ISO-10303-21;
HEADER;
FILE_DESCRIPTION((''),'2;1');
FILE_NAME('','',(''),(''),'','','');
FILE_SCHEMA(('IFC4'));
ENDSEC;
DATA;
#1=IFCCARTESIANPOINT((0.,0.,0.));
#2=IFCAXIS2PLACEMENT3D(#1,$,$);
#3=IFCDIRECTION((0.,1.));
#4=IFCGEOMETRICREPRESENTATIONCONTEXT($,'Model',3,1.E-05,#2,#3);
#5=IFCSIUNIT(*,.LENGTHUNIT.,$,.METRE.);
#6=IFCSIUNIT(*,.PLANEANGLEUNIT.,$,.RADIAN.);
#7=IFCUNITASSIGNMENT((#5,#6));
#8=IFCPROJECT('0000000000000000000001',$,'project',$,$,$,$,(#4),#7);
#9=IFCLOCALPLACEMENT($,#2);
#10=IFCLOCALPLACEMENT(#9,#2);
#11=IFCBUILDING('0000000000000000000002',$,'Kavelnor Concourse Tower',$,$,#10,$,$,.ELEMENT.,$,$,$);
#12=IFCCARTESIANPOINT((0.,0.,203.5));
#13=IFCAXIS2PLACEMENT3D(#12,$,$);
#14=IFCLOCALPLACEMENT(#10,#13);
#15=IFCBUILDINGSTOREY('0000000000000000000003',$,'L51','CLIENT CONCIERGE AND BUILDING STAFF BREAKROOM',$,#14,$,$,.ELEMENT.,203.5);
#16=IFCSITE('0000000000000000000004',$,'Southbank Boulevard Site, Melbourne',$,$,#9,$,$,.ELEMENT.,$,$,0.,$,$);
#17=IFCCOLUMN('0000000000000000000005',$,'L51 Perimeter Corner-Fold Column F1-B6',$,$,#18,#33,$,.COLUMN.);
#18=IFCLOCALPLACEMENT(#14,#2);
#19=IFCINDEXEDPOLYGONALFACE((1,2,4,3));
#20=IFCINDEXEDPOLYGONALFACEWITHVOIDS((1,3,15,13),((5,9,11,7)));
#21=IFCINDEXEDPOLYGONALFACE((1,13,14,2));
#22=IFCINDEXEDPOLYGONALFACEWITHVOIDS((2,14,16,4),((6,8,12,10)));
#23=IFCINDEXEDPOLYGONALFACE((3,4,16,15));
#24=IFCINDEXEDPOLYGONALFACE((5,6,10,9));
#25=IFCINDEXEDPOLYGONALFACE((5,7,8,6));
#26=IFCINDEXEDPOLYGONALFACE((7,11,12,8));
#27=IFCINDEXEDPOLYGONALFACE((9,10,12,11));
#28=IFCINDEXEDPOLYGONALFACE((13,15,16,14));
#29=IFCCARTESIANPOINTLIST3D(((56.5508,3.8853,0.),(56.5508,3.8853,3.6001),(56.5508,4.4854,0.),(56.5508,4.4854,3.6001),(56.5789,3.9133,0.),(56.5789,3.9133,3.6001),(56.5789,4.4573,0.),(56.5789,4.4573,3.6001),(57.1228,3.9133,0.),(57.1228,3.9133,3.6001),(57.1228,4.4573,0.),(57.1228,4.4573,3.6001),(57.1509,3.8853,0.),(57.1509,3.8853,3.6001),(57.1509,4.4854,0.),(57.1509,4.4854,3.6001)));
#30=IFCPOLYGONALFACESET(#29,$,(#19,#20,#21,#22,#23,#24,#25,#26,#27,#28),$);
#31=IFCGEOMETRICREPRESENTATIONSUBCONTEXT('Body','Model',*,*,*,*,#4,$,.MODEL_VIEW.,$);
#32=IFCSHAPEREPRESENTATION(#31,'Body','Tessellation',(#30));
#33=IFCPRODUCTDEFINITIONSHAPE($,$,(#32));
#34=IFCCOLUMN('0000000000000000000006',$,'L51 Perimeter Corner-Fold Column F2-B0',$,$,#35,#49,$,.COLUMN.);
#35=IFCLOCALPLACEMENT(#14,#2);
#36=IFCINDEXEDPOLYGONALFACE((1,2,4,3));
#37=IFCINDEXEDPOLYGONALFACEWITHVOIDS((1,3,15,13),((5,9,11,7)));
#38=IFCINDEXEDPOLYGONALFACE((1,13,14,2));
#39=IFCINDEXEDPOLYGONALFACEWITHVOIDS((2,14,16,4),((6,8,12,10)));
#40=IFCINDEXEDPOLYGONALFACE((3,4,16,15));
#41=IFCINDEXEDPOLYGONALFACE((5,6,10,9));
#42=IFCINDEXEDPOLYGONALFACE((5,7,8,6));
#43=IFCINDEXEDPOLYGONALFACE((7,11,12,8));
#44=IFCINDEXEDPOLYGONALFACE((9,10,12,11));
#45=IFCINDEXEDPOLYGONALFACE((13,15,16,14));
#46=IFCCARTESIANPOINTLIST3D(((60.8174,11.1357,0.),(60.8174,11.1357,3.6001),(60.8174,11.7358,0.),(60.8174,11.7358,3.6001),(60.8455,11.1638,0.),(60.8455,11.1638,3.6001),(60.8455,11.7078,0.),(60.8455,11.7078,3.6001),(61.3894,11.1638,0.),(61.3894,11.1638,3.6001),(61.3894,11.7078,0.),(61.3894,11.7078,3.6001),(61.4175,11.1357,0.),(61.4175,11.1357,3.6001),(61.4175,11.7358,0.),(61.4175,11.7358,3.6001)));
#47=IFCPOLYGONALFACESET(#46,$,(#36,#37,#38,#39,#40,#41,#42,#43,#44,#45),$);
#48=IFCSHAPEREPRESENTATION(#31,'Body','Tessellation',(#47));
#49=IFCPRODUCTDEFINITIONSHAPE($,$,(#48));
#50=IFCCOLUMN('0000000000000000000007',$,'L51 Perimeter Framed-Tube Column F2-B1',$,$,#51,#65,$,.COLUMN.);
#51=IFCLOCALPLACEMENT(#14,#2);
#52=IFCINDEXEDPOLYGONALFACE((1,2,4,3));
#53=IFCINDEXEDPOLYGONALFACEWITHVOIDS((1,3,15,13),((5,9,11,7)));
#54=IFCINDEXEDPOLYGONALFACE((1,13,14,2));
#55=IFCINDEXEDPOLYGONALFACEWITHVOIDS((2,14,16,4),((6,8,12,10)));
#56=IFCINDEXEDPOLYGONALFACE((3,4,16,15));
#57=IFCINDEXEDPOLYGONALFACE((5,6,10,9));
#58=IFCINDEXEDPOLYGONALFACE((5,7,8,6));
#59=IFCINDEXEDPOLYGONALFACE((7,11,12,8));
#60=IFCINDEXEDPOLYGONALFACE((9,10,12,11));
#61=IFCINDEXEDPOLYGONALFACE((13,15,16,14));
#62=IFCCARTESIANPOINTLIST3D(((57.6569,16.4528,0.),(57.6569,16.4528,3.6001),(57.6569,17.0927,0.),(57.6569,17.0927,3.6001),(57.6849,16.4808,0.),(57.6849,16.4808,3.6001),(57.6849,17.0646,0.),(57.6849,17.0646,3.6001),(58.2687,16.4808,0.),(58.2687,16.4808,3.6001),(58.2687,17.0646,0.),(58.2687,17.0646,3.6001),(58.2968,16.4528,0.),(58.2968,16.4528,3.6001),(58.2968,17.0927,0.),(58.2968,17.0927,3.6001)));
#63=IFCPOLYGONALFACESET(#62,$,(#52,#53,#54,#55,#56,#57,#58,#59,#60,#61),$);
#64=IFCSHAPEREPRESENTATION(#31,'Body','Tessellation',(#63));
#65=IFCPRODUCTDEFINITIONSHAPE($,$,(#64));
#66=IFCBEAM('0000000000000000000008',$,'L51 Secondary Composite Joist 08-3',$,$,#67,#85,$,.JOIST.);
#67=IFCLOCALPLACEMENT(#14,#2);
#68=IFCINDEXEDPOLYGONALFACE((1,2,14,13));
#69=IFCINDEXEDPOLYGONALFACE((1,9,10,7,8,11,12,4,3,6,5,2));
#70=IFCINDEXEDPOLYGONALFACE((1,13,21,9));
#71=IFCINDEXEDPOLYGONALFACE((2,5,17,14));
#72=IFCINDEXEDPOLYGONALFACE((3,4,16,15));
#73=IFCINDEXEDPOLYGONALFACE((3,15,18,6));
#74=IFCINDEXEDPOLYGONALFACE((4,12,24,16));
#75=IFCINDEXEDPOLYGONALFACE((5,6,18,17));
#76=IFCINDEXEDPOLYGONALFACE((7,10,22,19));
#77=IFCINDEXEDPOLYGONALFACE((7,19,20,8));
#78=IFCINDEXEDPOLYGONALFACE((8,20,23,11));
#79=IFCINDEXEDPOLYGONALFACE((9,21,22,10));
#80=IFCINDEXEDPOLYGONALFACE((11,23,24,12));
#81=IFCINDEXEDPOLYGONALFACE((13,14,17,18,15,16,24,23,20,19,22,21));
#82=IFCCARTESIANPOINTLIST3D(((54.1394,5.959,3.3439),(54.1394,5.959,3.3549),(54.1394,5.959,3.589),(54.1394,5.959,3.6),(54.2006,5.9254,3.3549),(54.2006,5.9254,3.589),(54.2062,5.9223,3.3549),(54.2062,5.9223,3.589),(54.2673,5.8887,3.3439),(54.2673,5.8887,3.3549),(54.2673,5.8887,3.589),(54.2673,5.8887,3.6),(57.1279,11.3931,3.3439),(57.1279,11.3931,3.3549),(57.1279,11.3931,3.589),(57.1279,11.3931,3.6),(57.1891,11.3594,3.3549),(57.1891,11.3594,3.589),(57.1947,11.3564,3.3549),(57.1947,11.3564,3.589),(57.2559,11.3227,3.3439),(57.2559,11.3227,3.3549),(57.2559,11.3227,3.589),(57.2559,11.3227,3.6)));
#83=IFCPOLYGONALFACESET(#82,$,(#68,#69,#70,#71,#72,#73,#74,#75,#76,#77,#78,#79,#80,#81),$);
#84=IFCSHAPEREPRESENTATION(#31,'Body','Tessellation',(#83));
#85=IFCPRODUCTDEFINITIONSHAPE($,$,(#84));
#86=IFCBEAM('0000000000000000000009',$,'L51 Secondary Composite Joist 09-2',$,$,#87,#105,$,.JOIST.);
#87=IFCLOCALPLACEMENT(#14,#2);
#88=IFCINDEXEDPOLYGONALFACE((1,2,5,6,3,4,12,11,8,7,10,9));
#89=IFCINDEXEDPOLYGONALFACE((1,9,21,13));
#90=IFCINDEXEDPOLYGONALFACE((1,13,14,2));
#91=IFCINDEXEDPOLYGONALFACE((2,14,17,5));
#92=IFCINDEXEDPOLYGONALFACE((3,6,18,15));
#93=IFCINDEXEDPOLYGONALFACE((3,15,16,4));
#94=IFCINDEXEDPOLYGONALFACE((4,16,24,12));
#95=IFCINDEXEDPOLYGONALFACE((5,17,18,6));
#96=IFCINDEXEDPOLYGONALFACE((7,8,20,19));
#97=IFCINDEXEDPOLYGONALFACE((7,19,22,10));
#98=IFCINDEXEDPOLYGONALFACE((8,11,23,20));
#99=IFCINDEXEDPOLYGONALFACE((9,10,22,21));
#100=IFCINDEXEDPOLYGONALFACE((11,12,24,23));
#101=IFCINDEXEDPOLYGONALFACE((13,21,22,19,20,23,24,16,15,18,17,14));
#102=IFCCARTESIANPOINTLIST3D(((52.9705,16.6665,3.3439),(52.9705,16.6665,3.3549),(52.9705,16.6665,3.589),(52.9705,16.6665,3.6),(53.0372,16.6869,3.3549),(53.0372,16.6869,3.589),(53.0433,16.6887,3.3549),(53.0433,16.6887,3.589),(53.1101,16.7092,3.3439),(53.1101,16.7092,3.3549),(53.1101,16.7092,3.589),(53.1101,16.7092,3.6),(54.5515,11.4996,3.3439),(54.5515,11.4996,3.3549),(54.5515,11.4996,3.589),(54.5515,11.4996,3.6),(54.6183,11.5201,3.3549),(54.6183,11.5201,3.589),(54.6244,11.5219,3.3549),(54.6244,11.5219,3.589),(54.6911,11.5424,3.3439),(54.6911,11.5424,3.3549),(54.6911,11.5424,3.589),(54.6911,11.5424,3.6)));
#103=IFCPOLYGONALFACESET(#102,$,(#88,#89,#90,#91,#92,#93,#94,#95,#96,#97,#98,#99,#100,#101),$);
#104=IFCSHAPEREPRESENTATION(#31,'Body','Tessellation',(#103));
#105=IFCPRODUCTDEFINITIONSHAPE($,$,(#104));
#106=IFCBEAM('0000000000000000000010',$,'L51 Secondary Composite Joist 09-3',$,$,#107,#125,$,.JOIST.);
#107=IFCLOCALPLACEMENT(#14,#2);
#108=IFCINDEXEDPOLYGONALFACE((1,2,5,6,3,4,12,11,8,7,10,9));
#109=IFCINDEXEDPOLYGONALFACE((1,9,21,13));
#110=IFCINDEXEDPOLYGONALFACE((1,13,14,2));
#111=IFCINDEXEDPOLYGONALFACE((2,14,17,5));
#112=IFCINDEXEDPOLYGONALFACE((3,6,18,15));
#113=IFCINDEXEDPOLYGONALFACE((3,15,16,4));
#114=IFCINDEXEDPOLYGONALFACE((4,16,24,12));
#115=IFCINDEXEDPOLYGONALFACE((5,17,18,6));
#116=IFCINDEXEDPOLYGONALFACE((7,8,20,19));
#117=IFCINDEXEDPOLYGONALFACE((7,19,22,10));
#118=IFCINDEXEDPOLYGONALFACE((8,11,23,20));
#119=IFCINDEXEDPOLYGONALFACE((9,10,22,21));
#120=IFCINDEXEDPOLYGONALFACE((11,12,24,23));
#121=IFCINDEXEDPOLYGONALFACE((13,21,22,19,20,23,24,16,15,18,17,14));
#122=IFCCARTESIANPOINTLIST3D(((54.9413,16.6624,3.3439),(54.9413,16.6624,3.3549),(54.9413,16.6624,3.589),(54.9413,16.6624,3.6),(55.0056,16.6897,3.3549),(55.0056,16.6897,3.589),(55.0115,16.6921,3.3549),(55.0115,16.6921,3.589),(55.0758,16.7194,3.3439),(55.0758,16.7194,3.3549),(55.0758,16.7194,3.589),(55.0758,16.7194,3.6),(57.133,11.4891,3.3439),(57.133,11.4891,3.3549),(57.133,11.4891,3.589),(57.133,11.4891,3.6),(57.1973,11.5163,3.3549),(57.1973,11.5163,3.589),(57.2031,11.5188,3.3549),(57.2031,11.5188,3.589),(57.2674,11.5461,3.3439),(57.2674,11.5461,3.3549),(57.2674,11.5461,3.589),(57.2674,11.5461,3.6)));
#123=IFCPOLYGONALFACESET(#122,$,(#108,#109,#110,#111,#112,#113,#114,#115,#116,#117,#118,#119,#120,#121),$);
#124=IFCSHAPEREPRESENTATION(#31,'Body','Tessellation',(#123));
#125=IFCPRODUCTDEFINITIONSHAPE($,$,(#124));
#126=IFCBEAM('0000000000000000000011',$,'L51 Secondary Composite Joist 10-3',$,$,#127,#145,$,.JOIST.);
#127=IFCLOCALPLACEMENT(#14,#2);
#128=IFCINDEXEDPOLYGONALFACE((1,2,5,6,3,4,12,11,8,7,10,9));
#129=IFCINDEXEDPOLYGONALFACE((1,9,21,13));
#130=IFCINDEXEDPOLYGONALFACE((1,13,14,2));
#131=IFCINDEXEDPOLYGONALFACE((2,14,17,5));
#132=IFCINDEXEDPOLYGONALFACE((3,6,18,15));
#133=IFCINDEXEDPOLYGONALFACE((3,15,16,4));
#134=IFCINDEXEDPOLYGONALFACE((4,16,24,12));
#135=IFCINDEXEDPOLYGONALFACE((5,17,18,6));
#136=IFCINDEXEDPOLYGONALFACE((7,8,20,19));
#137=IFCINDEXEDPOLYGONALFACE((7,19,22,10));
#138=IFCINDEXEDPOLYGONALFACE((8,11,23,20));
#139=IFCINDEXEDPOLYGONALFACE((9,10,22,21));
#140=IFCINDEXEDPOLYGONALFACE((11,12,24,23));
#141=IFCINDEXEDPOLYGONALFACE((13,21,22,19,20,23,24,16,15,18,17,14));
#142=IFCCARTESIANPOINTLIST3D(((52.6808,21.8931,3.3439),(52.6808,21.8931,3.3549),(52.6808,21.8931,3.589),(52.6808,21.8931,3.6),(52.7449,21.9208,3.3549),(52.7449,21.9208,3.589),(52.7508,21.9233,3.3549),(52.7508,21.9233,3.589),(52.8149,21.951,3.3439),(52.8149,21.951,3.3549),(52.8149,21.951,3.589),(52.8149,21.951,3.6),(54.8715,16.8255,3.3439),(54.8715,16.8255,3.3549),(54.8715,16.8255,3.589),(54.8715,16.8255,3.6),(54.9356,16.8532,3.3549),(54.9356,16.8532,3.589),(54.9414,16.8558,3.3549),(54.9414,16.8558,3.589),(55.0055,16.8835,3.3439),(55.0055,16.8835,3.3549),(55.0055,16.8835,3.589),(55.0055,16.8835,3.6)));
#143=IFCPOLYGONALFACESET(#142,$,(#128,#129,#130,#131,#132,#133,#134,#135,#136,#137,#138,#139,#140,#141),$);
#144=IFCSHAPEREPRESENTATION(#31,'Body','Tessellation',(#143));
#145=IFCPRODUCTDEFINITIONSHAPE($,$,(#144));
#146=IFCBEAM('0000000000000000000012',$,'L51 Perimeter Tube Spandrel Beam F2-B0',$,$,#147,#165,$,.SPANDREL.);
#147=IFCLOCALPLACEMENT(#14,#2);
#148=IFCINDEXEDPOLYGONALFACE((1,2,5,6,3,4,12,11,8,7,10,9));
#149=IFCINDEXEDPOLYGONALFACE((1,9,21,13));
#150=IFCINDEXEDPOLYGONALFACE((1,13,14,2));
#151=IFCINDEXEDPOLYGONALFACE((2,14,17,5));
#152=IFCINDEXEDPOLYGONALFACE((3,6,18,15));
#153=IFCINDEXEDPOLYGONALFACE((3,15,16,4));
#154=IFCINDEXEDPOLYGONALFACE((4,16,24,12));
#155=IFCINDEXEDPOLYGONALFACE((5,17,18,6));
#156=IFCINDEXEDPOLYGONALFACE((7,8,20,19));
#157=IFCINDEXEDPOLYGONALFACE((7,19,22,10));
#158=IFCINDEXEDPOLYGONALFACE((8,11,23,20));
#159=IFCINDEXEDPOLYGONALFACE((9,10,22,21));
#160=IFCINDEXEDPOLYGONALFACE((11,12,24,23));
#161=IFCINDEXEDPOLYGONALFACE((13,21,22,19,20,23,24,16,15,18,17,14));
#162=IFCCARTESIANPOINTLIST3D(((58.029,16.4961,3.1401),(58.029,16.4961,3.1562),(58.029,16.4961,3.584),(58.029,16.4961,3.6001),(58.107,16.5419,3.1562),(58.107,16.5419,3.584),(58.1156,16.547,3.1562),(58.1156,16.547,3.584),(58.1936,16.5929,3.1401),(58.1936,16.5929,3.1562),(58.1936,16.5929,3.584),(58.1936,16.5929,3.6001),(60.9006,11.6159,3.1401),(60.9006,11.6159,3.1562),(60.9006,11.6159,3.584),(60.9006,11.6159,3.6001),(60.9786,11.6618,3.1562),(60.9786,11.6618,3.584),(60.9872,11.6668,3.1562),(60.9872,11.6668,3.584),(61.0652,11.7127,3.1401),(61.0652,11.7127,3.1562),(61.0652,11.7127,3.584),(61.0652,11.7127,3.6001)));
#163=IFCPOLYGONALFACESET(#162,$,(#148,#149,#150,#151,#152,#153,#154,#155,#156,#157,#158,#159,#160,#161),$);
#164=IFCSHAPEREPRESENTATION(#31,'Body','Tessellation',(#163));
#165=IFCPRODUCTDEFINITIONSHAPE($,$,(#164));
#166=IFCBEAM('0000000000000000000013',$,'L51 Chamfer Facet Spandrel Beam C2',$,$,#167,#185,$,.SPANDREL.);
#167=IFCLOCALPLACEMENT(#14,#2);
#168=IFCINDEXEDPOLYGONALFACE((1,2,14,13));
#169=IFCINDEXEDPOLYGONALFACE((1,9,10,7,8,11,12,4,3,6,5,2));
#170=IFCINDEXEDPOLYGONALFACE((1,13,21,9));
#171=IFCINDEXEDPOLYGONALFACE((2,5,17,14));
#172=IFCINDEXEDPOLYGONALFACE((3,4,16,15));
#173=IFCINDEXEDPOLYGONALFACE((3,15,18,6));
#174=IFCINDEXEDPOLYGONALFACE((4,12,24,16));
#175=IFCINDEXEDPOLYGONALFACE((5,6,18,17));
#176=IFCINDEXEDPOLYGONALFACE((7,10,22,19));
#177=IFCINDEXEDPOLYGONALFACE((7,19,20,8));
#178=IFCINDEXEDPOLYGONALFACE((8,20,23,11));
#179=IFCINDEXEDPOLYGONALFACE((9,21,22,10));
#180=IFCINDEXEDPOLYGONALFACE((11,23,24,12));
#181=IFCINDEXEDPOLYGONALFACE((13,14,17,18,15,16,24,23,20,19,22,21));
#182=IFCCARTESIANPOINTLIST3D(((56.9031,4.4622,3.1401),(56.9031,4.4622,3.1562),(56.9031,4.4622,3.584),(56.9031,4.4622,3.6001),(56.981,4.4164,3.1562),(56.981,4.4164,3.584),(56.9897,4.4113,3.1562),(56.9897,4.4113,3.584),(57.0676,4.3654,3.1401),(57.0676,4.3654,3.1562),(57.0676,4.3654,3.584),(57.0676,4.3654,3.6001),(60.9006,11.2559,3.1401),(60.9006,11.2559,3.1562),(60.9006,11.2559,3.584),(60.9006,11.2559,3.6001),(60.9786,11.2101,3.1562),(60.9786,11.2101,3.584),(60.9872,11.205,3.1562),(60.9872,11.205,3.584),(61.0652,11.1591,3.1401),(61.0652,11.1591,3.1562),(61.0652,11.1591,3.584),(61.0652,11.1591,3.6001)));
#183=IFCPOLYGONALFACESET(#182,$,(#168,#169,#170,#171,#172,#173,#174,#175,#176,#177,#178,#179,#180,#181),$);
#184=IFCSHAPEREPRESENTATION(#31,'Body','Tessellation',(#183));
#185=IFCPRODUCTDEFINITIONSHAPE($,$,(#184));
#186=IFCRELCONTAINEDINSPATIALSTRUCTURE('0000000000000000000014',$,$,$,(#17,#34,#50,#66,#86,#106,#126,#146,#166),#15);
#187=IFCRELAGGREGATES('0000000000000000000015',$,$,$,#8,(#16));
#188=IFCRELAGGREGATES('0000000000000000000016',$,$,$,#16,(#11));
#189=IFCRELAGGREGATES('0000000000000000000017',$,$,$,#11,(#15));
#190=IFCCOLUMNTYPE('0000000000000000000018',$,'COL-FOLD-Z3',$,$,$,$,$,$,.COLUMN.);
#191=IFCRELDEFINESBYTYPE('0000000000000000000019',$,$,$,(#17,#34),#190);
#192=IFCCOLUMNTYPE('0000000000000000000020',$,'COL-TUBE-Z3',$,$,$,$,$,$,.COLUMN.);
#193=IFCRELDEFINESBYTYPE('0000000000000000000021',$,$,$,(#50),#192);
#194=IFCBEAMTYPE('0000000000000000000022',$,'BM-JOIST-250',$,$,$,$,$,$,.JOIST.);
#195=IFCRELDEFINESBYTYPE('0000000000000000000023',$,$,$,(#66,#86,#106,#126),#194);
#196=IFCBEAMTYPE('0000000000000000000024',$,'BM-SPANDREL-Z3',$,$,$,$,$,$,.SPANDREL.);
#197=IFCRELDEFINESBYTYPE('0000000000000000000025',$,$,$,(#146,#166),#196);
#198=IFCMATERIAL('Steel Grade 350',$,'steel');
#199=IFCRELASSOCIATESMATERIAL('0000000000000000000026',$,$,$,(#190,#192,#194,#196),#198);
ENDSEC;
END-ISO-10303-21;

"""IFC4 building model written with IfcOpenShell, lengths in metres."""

from ifc_helpers import new_model, si_unit, direction, frame, origin, origin_2d, place, context, subcontext, project, spatial, hollow_rectangle, i_section, extrude, material, material_profile, profile_set, type_object, element, save


model = new_model("IFC4")

# Units and contexts
model_context = context("Model", 3, precision=1e-05, world=origin(), true_north=direction((0.0, 1.0)))
body_context = subcontext(model_context, "Body", "Model", "MODEL_VIEW")
ifc_project = project(units=[si_unit("LENGTHUNIT", "METRE"), si_unit("PLANEANGLEUNIT", "RADIAN")], contexts=[model_context])

# Site, building, storey
site_placement = place(None, origin())
site = spatial("IfcSite", under=ifc_project, at=site_placement, Name="Southbank Boulevard Site, Melbourne", CompositionType="ELEMENT", RefElevation=0.0)
building_placement = place(site_placement, origin())
building = spatial("IfcBuilding", under=site, at=building_placement, Name="Kavelnor Concourse Tower", CompositionType="ELEMENT")
storey_placement = place(building_placement, frame((0.0, 0.0, 203.5)))
storey = spatial("IfcBuildingStorey", under=building, at=storey_placement, Name="L51", Description="CLIENT CONCIERGE AND BUILDING STAFF BREAKROOM", CompositionType="ELEMENT", Elevation=203.5)

# Columns
ifc_material_1 = material(Name="Steel Grade 350", Category="steel")
ifc_material_profile_1 = material_profile(ifc_material_1, hollow_rectangle(XDim=0.6001, YDim=0.6001, WallThickness=0.0281, at=origin_2d()), Name="SHS 600x600x28")
ifc_profile_set_1 = profile_set([ifc_material_profile_1], Name="Steel Grade 350")
column_type_1 = type_object("IfcColumnType", Name="COL-FOLD-Z3", PredefinedType="COLUMN", material=ifc_profile_set_1)
for number, where, z_axis, x_axis, name in (
    (1, (56.8508, 4.1853, 0.0), (0.0, 0.0, 1.0), (1.0, 0.0, 0.0), "L51 Perimeter Corner-Fold Column F1-B6"),
    (2, (61.1174, 11.4358, 0.0), (0.0, 0.0, 1.0), (1.0, 0.0, 0.0), "L51 Perimeter Corner-Fold Column F2-B0"),
):
    element("IfcColumn", number, at=place(storey_placement, frame(where, z_axis=z_axis, x_axis=x_axis)), inside=storey, type_object=column_type_1, Name=name, PredefinedType="COLUMN", context=body_context, shape_type="SweptSolid", body=[
        extrude(hollow_rectangle(XDim=0.6001, YDim=0.6001, WallThickness=0.0281, at=origin_2d()), origin(), (0.0, 0.0, 1.0), 3.6001),
    ])
ifc_material_profile_2 = material_profile(ifc_material_1, hollow_rectangle(XDim=0.6399, YDim=0.6399, WallThickness=0.0281, at=origin_2d()), Name="SHS 640x640x28")
ifc_profile_set_2 = profile_set([ifc_material_profile_2], Name="Steel Grade 350")
column_type_2 = type_object("IfcColumnType", Name="COL-TUBE-Z3", PredefinedType="COLUMN", material=ifc_profile_set_2)
column_placement = place(storey_placement, frame((57.9768, 16.7727, 0.0), z_axis=(0.0, 0.0, 1.0), x_axis=(1.0, 0.0, 0.0)))
element("IfcColumn", 3, at=column_placement, inside=storey, type_object=column_type_2, Name="L51 Perimeter Framed-Tube Column F2-B1", PredefinedType="COLUMN", context=body_context, shape_type="SweptSolid", body=[
    extrude(hollow_rectangle(XDim=0.6399, YDim=0.6399, WallThickness=0.0281, at=origin_2d()), origin(), (0.0, 0.0, 1.0), 3.6001),
])

# Beams
ifc_material_profile_3 = material_profile(ifc_material_1, i_section(OverallWidth=0.146, OverallDepth=0.2561, WebThickness=0.0063, FlangeThickness=0.011, at=origin_2d()), Name="250UB37")
ifc_profile_set_3 = profile_set([ifc_material_profile_3], Name="Steel Grade 350")
beam_type_1 = type_object("IfcBeamType", Name="BM-JOIST-250", PredefinedType="JOIST", material=ifc_profile_set_3)
beam_1_placement = place(storey_placement, frame((54.2034, 5.9238, 3.4719), z_axis=(0.481892, 0.876231, 0.0), x_axis=(-0.876231, 0.481892, 0.0)))
element("IfcBeam", 4, at=beam_1_placement, inside=storey, type_object=beam_type_1, Name="L51 Secondary Composite Joist 08-3", PredefinedType="JOIST", context=body_context, shape_type="SweptSolid", body=[
    extrude(i_section(OverallWidth=0.146, OverallDepth=0.2561, WebThickness=0.0063, FlangeThickness=0.011, at=origin_2d()), origin(), (0.0, 0.0, 1.0), 6.2017),
])
beam_2_placement = place(storey_placement, frame((54.6213, 11.521, 3.4719), z_axis=(-0.292612, 0.956231, 0.0), x_axis=(-0.956231, -0.292612, 0.0)))
element("IfcBeam", 5, at=beam_2_placement, inside=storey, type_object=beam_type_1, Name="L51 Secondary Composite Joist 09-2", PredefinedType="JOIST", context=body_context, shape_type="SweptSolid", body=[
    extrude(i_section(OverallWidth=0.146, OverallDepth=0.2561, WebThickness=0.0063, FlangeThickness=0.011, at=origin_2d()), origin(), (0.0, 0.0, 1.0), 5.4033),
])
beam_3_placement = place(storey_placement, frame((57.2002, 11.5176, 3.4719), z_axis=(-0.390082, 0.92078, 0.0), x_axis=(-0.92078, -0.390082, 0.0)))
element("IfcBeam", 6, at=beam_3_placement, inside=storey, type_object=beam_type_1, Name="L51 Secondary Composite Joist 09-3", PredefinedType="JOIST", context=body_context, shape_type="SweptSolid", body=[
    extrude(i_section(OverallWidth=0.146, OverallDepth=0.2561, WebThickness=0.0063, FlangeThickness=0.011, at=origin_2d()), origin(), (0.0, 0.0, 1.0), 5.6184),
])
beam_4_placement = place(storey_placement, frame((54.9385, 16.8545, 3.4719), z_axis=(-0.396799, 0.917905, 0.0), x_axis=(-0.917905, -0.396799, 0.0)))
element("IfcBeam", 7, at=beam_4_placement, inside=storey, type_object=beam_type_1, Name="L51 Secondary Composite Joist 10-3", PredefinedType="JOIST", context=body_context, shape_type="SweptSolid", body=[
    extrude(i_section(OverallWidth=0.146, OverallDepth=0.2561, WebThickness=0.0063, FlangeThickness=0.011, at=origin_2d()), origin(), (0.0, 0.0, 1.0), 5.5208),
])
ifc_material_profile_4 = material_profile(ifc_material_1, i_section(OverallWidth=0.1909, OverallDepth=0.46, WebThickness=0.01, FlangeThickness=0.0161, at=origin_2d()), Name="460UB82")
ifc_profile_set_4 = profile_set([ifc_material_profile_4], Name="Steel Grade 350")
beam_type_2 = type_object("IfcBeamType", Name="BM-SPANDREL-Z3", PredefinedType="SPANDREL", material=ifc_profile_set_4)
beam_5_placement = place(storey_placement, frame((60.9829, 11.6643, 3.3701), z_axis=(-0.507141, 0.861863, 0.0), x_axis=(-0.861863, -0.507141, 0.0)))
element("IfcBeam", 8, at=beam_5_placement, inside=storey, type_object=beam_type_2, Name="L51 Perimeter Tube Spandrel Beam F2-B0", PredefinedType="SPANDREL", context=body_context, shape_type="SweptSolid", body=[
    extrude(i_section(OverallWidth=0.1909, OverallDepth=0.46, WebThickness=0.01, FlangeThickness=0.0161, at=origin_2d()), origin(), (0.0, 0.0, 1.0), 5.6624),
])
beam_6_placement = place(storey_placement, frame((56.9854, 4.4138, 3.3701), z_axis=(0.507139, 0.861864, 0.0), x_axis=(-0.861864, 0.507139, 0.0)))
element("IfcBeam", 9, at=beam_6_placement, inside=storey, type_object=beam_type_2, Name="L51 Chamfer Facet Spandrel Beam C2", PredefinedType="SPANDREL", context=body_context, shape_type="SweptSolid", body=[
    extrude(i_section(OverallWidth=0.1909, OverallDepth=0.46, WebThickness=0.01, FlangeThickness=0.0161, at=origin_2d()), origin(), (0.0, 0.0, 1.0), 7.8826),
])

save(model, "model.ifc")
